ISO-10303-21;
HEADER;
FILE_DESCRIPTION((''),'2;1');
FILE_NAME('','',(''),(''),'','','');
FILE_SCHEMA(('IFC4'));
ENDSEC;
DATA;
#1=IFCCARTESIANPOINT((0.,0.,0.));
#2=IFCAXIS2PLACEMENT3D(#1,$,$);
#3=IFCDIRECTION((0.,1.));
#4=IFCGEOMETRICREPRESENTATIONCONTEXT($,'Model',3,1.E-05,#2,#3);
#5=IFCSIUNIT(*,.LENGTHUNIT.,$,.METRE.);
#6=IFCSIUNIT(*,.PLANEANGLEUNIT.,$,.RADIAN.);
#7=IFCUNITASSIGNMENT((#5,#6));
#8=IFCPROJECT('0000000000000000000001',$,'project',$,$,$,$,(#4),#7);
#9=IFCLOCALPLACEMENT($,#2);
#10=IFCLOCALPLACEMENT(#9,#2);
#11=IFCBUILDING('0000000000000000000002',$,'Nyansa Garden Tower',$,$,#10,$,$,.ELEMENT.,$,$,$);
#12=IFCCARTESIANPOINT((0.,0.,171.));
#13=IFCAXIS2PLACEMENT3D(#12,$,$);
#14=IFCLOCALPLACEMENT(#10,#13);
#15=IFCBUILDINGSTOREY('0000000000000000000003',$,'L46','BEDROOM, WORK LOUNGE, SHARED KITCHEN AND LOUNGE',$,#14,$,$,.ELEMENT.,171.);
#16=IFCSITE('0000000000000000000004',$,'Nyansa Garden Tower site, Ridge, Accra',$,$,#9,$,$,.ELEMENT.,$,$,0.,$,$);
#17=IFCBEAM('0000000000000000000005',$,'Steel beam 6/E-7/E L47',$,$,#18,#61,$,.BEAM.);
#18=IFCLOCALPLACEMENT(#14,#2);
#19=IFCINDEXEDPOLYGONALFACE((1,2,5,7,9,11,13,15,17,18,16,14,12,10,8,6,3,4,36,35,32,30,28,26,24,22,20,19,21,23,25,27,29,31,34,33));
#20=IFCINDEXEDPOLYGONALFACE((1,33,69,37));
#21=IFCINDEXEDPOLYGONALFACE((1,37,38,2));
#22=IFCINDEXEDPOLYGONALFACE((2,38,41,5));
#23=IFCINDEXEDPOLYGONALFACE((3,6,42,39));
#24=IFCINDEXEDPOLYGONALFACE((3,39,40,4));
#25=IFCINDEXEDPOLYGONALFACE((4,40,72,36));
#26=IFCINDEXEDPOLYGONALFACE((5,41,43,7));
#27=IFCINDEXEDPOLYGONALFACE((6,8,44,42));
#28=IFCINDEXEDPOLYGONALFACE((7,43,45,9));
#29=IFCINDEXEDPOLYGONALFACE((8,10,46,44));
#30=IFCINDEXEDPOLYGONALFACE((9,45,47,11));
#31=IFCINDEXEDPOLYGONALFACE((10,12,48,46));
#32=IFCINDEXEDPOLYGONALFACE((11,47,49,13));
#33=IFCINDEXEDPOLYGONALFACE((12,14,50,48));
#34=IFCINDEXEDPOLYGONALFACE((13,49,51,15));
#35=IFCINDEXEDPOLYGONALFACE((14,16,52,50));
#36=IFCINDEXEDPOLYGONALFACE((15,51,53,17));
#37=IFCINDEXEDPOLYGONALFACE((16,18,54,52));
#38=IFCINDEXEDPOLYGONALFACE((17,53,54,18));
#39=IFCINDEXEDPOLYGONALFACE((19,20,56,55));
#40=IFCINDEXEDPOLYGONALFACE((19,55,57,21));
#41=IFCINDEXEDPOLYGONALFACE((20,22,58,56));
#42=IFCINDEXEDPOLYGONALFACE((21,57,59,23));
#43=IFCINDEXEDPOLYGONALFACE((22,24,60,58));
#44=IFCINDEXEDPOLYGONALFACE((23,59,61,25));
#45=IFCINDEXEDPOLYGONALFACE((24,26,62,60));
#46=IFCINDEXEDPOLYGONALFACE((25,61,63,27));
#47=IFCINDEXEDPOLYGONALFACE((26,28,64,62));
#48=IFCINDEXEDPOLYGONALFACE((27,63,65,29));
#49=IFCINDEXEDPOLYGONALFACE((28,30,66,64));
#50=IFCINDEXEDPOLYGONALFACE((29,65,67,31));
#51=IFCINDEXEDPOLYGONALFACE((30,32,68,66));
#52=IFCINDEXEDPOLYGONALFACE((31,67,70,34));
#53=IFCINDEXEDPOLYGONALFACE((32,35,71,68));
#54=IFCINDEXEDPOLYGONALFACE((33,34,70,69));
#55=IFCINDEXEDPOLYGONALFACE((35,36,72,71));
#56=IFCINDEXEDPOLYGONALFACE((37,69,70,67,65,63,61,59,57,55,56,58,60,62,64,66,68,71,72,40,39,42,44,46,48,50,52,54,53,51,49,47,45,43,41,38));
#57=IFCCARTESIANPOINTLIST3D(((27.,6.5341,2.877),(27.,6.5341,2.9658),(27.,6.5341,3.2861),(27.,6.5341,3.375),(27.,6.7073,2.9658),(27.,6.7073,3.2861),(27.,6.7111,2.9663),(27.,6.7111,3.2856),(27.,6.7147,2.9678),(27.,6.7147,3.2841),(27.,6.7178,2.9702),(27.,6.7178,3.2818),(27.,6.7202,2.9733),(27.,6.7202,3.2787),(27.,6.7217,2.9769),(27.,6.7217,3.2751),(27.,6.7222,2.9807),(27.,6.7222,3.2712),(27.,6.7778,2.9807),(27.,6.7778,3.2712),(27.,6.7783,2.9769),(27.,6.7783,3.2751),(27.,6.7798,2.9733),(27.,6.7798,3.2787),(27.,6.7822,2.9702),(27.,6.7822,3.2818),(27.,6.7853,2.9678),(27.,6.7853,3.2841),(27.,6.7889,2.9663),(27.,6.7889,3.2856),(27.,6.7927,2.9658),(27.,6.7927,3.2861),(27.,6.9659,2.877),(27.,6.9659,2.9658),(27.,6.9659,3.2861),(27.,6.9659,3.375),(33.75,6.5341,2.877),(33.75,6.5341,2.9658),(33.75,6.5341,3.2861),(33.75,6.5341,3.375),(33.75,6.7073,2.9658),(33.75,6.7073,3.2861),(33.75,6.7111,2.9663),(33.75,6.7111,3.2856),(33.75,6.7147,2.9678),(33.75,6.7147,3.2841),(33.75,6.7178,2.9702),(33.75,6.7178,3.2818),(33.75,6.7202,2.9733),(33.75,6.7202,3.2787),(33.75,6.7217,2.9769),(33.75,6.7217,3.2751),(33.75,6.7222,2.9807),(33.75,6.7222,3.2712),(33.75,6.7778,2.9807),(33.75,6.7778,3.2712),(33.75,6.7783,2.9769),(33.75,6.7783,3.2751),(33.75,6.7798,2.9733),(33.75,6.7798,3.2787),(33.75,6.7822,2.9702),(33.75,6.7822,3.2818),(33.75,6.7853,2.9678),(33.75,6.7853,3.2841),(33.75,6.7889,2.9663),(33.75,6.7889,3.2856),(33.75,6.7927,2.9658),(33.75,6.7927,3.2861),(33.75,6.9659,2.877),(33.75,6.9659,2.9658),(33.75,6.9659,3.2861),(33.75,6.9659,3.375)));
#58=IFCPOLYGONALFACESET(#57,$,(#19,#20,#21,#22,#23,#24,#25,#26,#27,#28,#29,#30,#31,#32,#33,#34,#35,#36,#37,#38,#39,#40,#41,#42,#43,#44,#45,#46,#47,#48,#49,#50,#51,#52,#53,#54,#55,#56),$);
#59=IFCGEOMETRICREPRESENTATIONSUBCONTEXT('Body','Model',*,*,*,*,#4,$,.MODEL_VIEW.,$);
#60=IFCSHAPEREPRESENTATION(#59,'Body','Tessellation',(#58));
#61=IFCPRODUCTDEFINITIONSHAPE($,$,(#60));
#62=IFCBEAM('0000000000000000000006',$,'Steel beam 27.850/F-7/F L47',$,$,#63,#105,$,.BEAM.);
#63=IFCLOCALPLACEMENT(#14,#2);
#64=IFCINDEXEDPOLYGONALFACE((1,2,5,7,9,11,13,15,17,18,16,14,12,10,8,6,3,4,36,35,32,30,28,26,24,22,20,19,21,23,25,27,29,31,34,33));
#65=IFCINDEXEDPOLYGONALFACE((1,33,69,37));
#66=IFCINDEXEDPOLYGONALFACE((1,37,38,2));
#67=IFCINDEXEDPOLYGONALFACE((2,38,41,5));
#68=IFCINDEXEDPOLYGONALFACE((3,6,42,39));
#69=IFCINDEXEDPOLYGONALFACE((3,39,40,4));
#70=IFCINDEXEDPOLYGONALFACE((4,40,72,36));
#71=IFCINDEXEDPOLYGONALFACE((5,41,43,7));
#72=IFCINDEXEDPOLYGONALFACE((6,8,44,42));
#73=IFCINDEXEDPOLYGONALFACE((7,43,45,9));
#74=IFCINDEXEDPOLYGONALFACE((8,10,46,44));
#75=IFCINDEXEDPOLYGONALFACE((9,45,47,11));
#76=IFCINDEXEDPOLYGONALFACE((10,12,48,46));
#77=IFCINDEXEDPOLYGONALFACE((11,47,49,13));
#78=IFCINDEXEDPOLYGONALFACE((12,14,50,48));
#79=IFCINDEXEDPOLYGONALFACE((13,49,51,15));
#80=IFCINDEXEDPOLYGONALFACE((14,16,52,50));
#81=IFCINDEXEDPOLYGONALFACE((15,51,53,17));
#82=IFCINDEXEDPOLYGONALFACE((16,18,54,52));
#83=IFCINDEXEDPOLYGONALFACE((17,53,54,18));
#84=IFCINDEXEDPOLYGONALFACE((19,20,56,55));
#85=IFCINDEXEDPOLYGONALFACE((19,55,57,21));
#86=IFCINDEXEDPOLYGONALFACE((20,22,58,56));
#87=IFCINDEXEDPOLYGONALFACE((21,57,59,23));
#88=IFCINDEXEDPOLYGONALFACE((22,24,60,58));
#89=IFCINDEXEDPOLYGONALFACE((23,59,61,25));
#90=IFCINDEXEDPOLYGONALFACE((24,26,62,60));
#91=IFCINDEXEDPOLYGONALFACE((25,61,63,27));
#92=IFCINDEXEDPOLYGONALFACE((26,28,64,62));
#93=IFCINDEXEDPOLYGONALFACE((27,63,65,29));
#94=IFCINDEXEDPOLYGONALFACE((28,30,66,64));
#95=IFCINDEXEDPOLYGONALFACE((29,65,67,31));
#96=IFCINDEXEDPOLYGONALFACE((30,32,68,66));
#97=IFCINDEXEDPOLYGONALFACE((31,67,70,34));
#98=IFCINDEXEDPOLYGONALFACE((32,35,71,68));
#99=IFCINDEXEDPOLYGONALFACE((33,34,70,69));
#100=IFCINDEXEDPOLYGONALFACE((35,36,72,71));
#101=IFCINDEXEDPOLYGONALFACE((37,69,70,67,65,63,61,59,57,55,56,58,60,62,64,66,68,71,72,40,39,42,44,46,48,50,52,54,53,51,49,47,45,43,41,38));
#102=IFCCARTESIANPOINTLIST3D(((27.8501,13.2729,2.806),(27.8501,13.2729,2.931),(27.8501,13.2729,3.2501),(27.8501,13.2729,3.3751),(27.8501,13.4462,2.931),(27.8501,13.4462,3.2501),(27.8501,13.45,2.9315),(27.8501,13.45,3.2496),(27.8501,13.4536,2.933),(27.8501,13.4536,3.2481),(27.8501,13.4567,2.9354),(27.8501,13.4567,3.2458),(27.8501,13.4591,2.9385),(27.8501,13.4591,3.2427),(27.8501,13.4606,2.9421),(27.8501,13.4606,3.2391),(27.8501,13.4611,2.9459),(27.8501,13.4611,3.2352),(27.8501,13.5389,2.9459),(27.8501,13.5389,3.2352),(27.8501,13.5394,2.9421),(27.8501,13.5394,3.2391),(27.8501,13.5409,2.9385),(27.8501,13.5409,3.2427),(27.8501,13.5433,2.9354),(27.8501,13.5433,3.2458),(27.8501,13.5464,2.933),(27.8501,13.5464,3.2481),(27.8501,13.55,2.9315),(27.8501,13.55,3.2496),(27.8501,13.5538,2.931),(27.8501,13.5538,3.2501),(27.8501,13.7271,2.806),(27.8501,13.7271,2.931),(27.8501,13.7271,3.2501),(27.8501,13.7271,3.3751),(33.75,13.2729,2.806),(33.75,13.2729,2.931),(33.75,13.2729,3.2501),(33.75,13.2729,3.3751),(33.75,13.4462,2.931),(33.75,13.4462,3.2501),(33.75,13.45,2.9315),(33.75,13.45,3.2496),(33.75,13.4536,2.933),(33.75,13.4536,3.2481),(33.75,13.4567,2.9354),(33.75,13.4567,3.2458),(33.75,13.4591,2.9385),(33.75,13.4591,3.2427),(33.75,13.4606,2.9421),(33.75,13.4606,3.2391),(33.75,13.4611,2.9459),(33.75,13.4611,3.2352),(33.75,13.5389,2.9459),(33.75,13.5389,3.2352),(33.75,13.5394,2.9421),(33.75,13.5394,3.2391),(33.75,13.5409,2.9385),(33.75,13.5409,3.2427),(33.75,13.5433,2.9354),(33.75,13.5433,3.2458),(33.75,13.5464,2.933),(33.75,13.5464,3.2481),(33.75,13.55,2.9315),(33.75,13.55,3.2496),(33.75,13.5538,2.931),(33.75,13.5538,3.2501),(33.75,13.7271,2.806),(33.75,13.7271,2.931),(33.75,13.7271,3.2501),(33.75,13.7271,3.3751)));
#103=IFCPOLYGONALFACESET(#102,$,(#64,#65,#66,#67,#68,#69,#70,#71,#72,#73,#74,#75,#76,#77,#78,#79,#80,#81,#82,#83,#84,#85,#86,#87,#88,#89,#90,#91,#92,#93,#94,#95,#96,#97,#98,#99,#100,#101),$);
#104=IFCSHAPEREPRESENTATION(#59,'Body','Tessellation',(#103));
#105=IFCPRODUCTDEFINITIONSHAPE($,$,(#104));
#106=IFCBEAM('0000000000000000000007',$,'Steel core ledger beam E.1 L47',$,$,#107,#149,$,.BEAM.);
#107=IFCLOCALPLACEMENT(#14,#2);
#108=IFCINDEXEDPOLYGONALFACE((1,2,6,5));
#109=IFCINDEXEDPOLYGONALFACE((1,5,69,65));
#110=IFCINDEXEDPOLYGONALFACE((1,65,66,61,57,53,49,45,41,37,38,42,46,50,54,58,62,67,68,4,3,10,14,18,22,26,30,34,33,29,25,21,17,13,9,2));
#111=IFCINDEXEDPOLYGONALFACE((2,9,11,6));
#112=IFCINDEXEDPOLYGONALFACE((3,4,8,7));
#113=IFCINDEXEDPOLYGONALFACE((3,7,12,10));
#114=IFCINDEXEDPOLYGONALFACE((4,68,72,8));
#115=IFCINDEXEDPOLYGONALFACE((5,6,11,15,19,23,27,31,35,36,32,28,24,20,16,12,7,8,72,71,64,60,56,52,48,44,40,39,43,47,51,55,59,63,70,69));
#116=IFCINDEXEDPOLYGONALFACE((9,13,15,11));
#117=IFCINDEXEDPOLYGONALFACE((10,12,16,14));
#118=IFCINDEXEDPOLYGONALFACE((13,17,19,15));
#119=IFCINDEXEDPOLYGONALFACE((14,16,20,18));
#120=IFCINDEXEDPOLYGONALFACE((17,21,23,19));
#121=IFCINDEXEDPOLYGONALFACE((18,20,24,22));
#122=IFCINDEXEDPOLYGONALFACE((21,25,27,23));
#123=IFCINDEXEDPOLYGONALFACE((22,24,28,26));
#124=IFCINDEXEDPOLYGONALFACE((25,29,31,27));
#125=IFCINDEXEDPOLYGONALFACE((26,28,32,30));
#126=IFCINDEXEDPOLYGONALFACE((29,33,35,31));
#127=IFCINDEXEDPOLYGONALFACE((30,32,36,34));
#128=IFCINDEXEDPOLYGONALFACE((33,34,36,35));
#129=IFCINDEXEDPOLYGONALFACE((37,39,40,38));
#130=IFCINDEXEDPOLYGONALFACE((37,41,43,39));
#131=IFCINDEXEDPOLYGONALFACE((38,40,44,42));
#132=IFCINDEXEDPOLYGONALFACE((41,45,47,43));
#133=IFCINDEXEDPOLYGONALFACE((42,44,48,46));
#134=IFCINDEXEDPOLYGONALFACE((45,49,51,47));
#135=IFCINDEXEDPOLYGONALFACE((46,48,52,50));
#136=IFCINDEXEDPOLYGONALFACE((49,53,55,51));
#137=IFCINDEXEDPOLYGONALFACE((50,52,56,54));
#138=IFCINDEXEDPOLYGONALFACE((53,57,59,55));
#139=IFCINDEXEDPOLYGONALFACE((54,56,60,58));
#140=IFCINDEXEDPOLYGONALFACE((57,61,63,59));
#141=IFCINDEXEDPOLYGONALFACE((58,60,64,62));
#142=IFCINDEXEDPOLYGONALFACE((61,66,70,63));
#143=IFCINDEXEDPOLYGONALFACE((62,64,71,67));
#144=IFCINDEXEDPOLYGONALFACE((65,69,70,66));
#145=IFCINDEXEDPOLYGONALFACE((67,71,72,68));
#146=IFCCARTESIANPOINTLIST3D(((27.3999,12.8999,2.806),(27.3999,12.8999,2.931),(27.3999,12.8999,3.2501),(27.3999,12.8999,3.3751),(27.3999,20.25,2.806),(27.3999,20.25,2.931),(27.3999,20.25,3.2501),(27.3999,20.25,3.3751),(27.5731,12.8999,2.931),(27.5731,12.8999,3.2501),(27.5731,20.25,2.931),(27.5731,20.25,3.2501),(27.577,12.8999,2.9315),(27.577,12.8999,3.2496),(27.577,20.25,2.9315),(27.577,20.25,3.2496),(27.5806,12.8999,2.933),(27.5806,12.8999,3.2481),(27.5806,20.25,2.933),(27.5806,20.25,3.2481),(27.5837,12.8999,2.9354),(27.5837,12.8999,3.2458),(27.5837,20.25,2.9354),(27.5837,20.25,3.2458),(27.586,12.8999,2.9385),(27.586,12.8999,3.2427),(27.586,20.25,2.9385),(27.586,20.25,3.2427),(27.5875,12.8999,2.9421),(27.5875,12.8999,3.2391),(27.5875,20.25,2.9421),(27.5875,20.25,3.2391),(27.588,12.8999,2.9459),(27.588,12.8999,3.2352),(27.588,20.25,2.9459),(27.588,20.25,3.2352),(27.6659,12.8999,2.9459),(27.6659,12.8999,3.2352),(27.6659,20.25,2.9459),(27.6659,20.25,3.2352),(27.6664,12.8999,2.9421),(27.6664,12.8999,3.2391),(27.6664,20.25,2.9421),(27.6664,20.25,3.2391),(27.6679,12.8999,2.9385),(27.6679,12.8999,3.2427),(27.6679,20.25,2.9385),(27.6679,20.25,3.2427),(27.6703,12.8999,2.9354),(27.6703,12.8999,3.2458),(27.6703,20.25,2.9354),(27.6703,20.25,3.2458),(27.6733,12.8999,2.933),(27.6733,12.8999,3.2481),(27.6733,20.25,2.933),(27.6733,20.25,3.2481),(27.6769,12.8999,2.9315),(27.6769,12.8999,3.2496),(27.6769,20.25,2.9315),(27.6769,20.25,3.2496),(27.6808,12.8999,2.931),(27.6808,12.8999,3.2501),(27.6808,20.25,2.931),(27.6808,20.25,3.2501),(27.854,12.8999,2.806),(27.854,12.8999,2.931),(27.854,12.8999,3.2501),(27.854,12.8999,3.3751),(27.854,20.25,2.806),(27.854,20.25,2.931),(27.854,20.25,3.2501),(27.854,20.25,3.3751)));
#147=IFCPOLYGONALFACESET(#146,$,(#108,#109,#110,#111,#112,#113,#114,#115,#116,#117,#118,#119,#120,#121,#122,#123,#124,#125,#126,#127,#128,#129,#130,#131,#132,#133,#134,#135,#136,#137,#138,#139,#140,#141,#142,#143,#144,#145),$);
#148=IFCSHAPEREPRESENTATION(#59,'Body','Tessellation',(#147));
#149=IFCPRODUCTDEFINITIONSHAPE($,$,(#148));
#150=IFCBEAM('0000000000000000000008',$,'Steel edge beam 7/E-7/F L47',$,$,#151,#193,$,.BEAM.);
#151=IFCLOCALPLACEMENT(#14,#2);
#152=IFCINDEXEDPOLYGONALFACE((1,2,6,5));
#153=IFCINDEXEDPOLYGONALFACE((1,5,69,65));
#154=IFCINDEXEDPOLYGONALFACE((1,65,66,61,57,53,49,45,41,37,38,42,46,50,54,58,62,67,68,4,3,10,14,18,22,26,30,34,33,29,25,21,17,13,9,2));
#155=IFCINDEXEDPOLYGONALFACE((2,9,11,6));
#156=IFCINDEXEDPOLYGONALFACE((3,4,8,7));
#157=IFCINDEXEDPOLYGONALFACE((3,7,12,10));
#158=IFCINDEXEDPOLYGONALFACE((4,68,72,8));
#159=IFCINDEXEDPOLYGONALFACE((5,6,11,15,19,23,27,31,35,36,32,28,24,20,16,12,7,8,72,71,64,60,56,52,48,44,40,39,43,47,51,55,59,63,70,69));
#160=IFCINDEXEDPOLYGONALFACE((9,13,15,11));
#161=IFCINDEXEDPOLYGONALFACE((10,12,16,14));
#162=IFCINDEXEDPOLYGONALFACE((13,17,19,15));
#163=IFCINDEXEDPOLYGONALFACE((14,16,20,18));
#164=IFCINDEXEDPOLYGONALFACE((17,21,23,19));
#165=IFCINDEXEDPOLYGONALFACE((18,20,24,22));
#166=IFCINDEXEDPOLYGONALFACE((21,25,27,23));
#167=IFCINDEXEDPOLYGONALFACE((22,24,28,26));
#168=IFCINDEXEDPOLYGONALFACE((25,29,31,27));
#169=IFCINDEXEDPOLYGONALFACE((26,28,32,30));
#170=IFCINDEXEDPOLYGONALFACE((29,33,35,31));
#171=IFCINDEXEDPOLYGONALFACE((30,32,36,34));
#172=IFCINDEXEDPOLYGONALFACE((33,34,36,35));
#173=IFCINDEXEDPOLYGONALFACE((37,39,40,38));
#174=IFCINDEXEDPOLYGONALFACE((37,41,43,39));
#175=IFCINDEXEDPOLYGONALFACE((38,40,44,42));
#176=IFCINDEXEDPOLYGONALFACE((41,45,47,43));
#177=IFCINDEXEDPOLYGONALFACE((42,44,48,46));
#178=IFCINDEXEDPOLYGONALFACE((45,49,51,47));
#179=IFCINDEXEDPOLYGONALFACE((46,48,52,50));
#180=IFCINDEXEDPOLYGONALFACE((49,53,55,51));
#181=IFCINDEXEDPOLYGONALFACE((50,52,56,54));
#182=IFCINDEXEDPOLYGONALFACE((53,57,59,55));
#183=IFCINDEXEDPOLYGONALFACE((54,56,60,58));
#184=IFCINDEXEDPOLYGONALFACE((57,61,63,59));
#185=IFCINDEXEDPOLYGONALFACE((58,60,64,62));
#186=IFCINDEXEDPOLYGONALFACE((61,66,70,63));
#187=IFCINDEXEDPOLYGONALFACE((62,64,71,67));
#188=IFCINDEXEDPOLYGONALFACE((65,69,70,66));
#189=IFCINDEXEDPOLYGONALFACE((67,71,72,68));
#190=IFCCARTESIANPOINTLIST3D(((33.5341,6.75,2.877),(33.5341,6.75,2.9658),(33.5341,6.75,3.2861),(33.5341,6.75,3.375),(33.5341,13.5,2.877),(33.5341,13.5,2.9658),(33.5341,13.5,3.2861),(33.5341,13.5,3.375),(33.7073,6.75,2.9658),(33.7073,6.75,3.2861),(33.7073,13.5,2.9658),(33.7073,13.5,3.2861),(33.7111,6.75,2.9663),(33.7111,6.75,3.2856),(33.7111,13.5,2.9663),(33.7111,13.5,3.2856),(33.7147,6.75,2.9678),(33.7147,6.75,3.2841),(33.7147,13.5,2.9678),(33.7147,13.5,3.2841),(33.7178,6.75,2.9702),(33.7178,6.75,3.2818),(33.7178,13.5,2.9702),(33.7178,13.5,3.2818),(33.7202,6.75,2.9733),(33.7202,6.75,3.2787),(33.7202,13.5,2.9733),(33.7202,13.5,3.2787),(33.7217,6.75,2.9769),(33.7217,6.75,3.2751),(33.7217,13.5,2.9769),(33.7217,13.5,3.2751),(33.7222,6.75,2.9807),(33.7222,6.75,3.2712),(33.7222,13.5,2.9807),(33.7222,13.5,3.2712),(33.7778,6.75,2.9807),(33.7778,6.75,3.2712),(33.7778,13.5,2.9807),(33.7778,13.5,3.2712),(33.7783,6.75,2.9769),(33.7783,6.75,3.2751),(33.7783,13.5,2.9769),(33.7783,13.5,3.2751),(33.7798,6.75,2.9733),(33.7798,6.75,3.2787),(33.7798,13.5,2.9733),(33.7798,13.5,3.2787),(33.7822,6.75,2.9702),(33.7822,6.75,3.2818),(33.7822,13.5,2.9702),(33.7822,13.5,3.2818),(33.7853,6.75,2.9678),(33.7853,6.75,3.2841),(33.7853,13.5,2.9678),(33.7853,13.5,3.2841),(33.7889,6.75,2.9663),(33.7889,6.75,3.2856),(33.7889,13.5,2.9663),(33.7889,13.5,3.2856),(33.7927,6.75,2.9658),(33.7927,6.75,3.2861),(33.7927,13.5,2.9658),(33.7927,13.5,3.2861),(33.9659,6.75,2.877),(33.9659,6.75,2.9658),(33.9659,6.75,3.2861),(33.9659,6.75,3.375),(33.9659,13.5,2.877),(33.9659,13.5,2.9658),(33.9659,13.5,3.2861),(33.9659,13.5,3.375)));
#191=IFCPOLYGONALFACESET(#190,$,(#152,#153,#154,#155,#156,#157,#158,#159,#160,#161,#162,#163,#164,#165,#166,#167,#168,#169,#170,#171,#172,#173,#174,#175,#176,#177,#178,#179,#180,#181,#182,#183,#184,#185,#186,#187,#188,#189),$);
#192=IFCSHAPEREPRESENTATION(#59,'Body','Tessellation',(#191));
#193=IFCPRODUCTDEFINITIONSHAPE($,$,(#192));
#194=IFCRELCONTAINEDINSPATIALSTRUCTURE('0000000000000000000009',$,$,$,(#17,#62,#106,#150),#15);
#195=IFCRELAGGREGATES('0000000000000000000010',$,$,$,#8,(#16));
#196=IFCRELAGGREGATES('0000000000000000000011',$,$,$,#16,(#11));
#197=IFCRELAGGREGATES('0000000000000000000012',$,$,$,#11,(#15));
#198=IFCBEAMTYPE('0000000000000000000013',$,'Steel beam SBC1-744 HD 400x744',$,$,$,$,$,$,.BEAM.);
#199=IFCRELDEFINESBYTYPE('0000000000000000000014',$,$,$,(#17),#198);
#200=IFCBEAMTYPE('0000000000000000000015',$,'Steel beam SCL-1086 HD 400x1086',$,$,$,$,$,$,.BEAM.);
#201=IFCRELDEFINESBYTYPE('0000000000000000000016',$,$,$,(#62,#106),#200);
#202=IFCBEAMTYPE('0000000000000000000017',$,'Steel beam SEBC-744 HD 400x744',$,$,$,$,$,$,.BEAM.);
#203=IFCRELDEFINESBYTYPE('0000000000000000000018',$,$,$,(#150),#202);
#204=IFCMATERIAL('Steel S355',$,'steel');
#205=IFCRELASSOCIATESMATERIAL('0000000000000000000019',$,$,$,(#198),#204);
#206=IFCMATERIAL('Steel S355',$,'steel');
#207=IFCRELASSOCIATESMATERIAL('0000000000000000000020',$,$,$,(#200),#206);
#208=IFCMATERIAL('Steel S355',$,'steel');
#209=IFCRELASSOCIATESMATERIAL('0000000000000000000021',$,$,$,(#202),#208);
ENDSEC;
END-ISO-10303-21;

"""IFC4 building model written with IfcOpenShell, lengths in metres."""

from ifc_helpers import new_model, si_unit, direction, frame, origin, origin_2d, place, context, subcontext, project, spatial, i_section, extrude, material, material_profile, profile_set, type_object, element, save


model = new_model("IFC4")

# Units and contexts
model_context = context("Model", 3, precision=1e-05, world=origin(), true_north=direction((0.0, 1.0)))
body_context = subcontext(model_context, "Body", "Model", "MODEL_VIEW")
ifc_project = project(units=[si_unit("LENGTHUNIT", "METRE"), si_unit("PLANEANGLEUNIT", "RADIAN")], contexts=[model_context])

# Site, building, storey
site_placement = place(None, origin())
site = spatial("IfcSite", under=ifc_project, at=site_placement, Name="Nyansa Garden Tower site, Ridge, Accra", CompositionType="ELEMENT", RefElevation=0.0)
building_placement = place(site_placement, origin())
building = spatial("IfcBuilding", under=site, at=building_placement, Name="Nyansa Garden Tower", CompositionType="ELEMENT")
storey_placement = place(building_placement, frame((0.0, 0.0, 171.0)))
storey = spatial("IfcBuildingStorey", under=building, at=storey_placement, Name="L46", Description="BEDROOM, WORK LOUNGE, SHARED KITCHEN AND LOUNGE", CompositionType="ELEMENT", Elevation=171.0)

# Beams
ifc_material_1 = material(Name="Steel S355", Category="steel")
ifc_material_profile_1 = material_profile(ifc_material_1, i_section(OverallWidth=0.4319, OverallDepth=0.498, WebThickness=0.0557, FlangeThickness=0.0889, FilletRadius=0.0149, at=origin_2d()), Name="HD 400x744")
ifc_profile_set_1 = profile_set([ifc_material_profile_1], Name="Steel S355")
beam_type_1 = type_object("IfcBeamType", Name="Steel beam SBC1-744 HD 400x744", PredefinedType="BEAM", material=ifc_profile_set_1)
beam_1_placement = place(storey_placement, frame((27.0, 6.75, 3.126), z_axis=(1.0, 0.0, 0.0), x_axis=(0.0, 1.0, 0.0)))
element("IfcBeam", 1, at=beam_1_placement, inside=storey, type_object=beam_type_1, Name="Steel beam 6/E-7/E L47", PredefinedType="BEAM", context=body_context, shape_type="SweptSolid", body=[
    extrude(i_section(OverallWidth=0.4319, OverallDepth=0.498, WebThickness=0.0557, FlangeThickness=0.0889, FilletRadius=0.0149, at=origin_2d()), origin(), (0.0, 0.0, 1.0), 6.75),
])
ifc_material_2 = material(Name="Steel S355", Category="steel")
ifc_material_profile_2 = material_profile(ifc_material_2, i_section(OverallWidth=0.4541, OverallDepth=0.5691, WebThickness=0.0779, FlangeThickness=0.125, FilletRadius=0.0149, at=origin_2d()), Name="HD 400x1086")
ifc_profile_set_2 = profile_set([ifc_material_profile_2], Name="Steel S355")
beam_type_2 = type_object("IfcBeamType", Name="Steel beam SCL-1086 HD 400x1086", PredefinedType="BEAM", material=ifc_profile_set_2)
beam_2_placement = place(storey_placement, frame((27.8501, 13.5, 3.0906), z_axis=(1.0, 0.0, 0.0), x_axis=(0.0, 1.0, 0.0)))
element("IfcBeam", 2, at=beam_2_placement, inside=storey, type_object=beam_type_2, Name="Steel beam 27.850/F-7/F L47", PredefinedType="BEAM", context=body_context, shape_type="SweptSolid", body=[
    extrude(i_section(OverallWidth=0.4541, OverallDepth=0.5691, WebThickness=0.0779, FlangeThickness=0.125, FilletRadius=0.0149, at=origin_2d()), origin(), (0.0, 0.0, 1.0), 5.8999),
])
beam_3_placement = place(storey_placement, frame((27.627, 12.8999, 3.0906), z_axis=(0.0, 1.0, 0.0), x_axis=(-1.0, 0.0, 0.0)))
element("IfcBeam", 3, at=beam_3_placement, inside=storey, type_object=beam_type_2, Name="Steel core ledger beam E.1 L47", PredefinedType="BEAM", context=body_context, shape_type="SweptSolid", body=[
    extrude(i_section(OverallWidth=0.4541, OverallDepth=0.5691, WebThickness=0.0779, FlangeThickness=0.125, FilletRadius=0.0149, at=origin_2d()), origin(), (0.0, 0.0, 1.0), 7.3501),
])
ifc_material_3 = material(Name="Steel S355", Category="steel")
ifc_material_profile_3 = material_profile(ifc_material_3, i_section(OverallWidth=0.4319, OverallDepth=0.498, WebThickness=0.0557, FlangeThickness=0.0889, FilletRadius=0.0149, at=origin_2d()), Name="HD 400x744")
ifc_profile_set_3 = profile_set([ifc_material_profile_3], Name="Steel S355")
beam_type_3 = type_object("IfcBeamType", Name="Steel beam SEBC-744 HD 400x744", PredefinedType="BEAM", material=ifc_profile_set_3)
for number, where, z_axis, x_axis, name in (
    (4, (33.75, 6.75, 3.126), (0.0, 1.0, 0.0), (-1.0, 0.0, 0.0), "Steel edge beam 7/E-7/F L47"),
):
    element("IfcBeam", number, at=place(storey_placement, frame(where, z_axis=z_axis, x_axis=x_axis)), inside=storey, type_object=beam_type_3, Name=name, PredefinedType="BEAM", context=body_context, shape_type="SweptSolid", body=[
        extrude(i_section(OverallWidth=0.4319, OverallDepth=0.498, WebThickness=0.0557, FlangeThickness=0.0889, FilletRadius=0.0149, at=origin_2d()), origin(), (0.0, 0.0, 1.0), 6.75),
    ])

save(model, "model.ifc")
